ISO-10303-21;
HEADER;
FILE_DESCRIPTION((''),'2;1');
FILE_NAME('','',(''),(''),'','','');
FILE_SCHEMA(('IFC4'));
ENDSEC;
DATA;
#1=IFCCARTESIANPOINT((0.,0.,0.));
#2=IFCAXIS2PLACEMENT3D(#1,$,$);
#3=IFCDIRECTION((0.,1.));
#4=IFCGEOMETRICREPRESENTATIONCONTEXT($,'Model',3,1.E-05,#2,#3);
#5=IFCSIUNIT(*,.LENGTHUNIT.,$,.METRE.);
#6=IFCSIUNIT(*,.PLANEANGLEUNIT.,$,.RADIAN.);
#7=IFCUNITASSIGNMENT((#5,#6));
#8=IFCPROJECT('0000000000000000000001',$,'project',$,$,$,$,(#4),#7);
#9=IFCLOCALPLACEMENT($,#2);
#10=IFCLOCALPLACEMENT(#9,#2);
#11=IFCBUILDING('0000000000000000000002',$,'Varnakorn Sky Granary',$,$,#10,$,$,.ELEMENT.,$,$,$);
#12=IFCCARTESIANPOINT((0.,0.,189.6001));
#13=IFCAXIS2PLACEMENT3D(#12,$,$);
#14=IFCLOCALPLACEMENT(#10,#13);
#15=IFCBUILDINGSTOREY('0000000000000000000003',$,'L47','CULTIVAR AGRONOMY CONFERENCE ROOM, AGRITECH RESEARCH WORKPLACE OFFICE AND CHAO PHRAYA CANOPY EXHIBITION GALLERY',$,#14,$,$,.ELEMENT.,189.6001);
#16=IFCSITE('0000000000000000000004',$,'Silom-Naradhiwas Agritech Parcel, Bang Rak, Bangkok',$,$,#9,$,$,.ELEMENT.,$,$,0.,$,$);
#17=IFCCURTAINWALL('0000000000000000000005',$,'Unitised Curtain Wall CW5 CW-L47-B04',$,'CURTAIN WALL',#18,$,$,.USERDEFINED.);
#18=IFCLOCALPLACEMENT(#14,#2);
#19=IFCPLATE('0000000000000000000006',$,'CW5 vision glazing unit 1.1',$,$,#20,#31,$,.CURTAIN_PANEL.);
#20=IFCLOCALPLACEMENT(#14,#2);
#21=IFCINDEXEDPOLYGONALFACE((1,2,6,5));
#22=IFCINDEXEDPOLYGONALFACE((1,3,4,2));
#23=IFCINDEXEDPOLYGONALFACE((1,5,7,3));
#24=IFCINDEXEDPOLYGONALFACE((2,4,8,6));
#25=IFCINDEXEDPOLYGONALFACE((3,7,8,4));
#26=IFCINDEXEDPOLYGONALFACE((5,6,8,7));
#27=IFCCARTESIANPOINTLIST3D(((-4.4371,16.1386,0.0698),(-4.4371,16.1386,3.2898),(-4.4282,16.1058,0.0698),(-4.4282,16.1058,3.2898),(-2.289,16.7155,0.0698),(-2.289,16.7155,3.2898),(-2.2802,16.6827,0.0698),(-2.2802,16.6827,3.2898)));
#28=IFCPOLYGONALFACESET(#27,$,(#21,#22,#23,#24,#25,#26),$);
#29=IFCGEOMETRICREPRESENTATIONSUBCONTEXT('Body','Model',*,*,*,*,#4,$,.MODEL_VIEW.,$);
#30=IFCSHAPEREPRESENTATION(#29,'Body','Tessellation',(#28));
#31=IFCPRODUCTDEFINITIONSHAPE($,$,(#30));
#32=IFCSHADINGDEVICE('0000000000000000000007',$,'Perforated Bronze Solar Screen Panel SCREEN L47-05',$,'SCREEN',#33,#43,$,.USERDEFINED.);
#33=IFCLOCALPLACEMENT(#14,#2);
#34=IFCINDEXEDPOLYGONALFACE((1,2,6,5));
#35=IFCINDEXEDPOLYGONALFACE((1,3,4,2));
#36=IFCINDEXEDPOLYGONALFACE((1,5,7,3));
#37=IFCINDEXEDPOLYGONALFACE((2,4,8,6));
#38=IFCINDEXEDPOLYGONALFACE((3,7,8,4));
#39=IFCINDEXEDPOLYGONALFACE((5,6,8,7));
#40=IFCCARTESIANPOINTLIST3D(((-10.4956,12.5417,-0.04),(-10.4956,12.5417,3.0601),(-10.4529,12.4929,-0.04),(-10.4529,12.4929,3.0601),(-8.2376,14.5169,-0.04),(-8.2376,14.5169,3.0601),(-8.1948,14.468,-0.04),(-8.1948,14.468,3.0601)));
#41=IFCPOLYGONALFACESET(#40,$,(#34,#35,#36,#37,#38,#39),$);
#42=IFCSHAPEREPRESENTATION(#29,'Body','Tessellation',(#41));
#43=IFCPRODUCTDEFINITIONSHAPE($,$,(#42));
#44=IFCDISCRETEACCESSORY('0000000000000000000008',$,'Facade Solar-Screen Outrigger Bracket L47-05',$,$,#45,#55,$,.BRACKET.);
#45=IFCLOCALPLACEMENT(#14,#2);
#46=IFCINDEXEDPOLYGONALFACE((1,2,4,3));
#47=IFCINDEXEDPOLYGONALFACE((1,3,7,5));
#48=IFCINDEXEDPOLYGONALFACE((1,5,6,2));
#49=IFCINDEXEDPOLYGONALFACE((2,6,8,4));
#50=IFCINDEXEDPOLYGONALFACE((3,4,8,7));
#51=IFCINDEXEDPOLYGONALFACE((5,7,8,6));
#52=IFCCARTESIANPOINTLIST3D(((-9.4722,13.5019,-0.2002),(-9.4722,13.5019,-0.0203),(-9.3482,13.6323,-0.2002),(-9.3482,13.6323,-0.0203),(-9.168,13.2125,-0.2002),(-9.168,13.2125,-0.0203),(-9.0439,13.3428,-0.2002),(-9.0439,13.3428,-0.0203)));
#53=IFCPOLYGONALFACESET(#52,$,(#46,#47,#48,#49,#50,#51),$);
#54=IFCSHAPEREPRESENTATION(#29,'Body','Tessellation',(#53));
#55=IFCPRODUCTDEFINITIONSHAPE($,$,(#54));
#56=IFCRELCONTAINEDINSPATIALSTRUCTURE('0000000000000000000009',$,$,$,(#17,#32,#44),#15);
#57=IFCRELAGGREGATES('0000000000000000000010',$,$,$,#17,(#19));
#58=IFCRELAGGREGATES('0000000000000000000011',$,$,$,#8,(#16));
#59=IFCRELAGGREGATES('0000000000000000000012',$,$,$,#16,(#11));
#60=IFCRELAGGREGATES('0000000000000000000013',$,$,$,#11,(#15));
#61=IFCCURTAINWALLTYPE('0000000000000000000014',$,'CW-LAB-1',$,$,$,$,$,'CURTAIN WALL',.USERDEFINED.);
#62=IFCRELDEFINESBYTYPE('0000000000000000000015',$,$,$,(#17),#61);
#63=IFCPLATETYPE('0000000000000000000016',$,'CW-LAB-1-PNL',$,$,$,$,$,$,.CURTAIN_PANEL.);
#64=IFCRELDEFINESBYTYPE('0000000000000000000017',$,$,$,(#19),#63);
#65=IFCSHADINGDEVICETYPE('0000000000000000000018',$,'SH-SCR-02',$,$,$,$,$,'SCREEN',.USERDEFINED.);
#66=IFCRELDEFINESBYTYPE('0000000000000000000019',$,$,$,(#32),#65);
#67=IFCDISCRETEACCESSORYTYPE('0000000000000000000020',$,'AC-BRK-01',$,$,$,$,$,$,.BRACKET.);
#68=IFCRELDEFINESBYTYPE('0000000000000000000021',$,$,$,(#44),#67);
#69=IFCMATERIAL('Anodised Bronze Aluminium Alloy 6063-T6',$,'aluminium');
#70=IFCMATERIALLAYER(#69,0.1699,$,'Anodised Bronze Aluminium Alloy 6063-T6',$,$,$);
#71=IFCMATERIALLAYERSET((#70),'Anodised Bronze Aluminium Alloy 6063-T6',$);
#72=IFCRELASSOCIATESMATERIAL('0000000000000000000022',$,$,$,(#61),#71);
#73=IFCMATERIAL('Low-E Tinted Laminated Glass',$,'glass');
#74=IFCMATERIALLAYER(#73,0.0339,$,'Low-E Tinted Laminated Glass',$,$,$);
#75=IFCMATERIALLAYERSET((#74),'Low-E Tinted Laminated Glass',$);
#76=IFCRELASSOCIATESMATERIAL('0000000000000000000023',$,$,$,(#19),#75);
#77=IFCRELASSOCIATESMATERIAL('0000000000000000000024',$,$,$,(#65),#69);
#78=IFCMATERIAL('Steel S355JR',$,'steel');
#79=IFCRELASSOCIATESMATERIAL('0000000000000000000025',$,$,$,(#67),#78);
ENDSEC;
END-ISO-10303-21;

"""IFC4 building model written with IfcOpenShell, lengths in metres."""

from ifc_helpers import new_model, si_unit, direction, frame, origin, origin_2d, place, context, subcontext, project, spatial, rectangle, extrude, source, transform, mapped, material, layer, layer_set, type_object, type_shapes, element, aggregate, save


model = new_model("IFC4")

# Units and contexts
model_context = context("Model", 3, precision=1e-05, world=origin(), true_north=direction((0.0, 1.0)))
body_context = subcontext(model_context, "Body", "Model", "MODEL_VIEW")
ifc_project = project(units=[si_unit("LENGTHUNIT", "METRE"), si_unit("PLANEANGLEUNIT", "RADIAN")], contexts=[model_context])

# Site, building, storey
site_placement = place(None, origin())
site = spatial("IfcSite", under=ifc_project, at=site_placement, Name="Silom-Naradhiwas Agritech Parcel, Bang Rak, Bangkok", CompositionType="ELEMENT", RefElevation=0.0)
building_placement = place(site_placement, origin())
building = spatial("IfcBuilding", under=site, at=building_placement, Name="Varnakorn Sky Granary", CompositionType="ELEMENT")
storey_placement = place(building_placement, frame((0.0, 0.0, 189.6001)))
storey = spatial("IfcBuildingStorey", under=building, at=storey_placement, Name="L47", Description="CULTIVAR AGRONOMY CONFERENCE ROOM, AGRITECH RESEARCH WORKPLACE OFFICE AND CHAO PHRAYA CANOPY EXHIBITION GALLERY", CompositionType="ELEMENT", Elevation=189.6001)

# Shared definitions
ifc_material_1 = material(Name="Steel S355JR", Category="steel")

# Curtain wall
ifc_material_2 = material(Name="Anodised Bronze Aluminium Alloy 6063-T6", Category="aluminium")
ifc_layer_1 = layer(ifc_material_2, 0.1699, Name="Anodised Bronze Aluminium Alloy 6063-T6")
ifc_layer_set_1 = layer_set([ifc_layer_1], Name="Anodised Bronze Aluminium Alloy 6063-T6")
curtain_wall_type = type_object("IfcCurtainWallType", Name="CW-LAB-1", ElementType="CURTAIN WALL", PredefinedType="USERDEFINED", material=ifc_layer_set_1)
curtain_wall_1_placement = place(storey_placement, origin())
curtain_wall_1 = element("IfcCurtainWall", 1, at=curtain_wall_1_placement, inside=storey, type_object=curtain_wall_type, Name="Unitised Curtain Wall CW5 CW-L47-B04", ObjectType="CURTAIN WALL", PredefinedType="USERDEFINED")

# Plate
ifc_material_3 = material(Name="Low-E Tinted Laminated Glass", Category="glass")
ifc_layer_2 = layer(ifc_material_3, 0.0339, Name="Low-E Tinted Laminated Glass")
ifc_layer_set_2 = layer_set([ifc_layer_2], Name="Low-E Tinted Laminated Glass")
plate_type = type_object("IfcPlateType", Name="CW-LAB-1-PNL", PredefinedType="CURTAIN_PANEL")
shared_shape_1 = source(origin(), body_context, "Body", "SweptSolid", [
    extrude(rectangle(XDim=2.2241, YDim=0.0339, at=origin_2d()), origin(), (0.0, 0.0, 1.0), 3.22),
])
plate_1_placement = place(storey_placement, frame((-3.3586, 16.4106, 0.0698), z_axis=(0.0, 0.0, 1.0), x_axis=(0.965781, 0.259359, 0.0)))
plate_1 = element("IfcPlate", 2, at=plate_1_placement, type_object=plate_type, material=ifc_layer_set_2, Name="CW5 vision glazing unit 1.1", PredefinedType="CURTAIN_PANEL", context=body_context, shape_type="MappedRepresentation", body=[
    mapped(shared_shape_1, transform((0.0, 0.0, 0.0), x_axis=(1.0, 0.0, 0.0), y_axis=(0.0, 1.0, 0.0), z_axis=(0.0, 0.0, 1.0), scale=1.0)),
])
aggregate(curtain_wall_1, [plate_1])

# Shading device
shading_device_type = type_object("IfcShadingDeviceType", Name="SH-SCR-02", ElementType="SCREEN", PredefinedType="USERDEFINED", material=ifc_material_2)
shared_shape_2 = source(origin(), body_context, "Body", "SweptSolid", [
    extrude(rectangle(XDim=3.0, YDim=0.0649, at=origin_2d()), origin(), (0.0, 0.0, 1.0), 3.1001),
])
type_shapes(shading_device_type, [shared_shape_2])
shading_device_placement = place(storey_placement, frame((-9.3452, 13.5049, -0.04), z_axis=(0.0, 0.0, 1.0), x_axis=(-0.752679, -0.658388, 0.0)))
element("IfcShadingDevice", 3, at=shading_device_placement, inside=storey, type_object=shading_device_type, Name="Perforated Bronze Solar Screen Panel SCREEN L47-05", ObjectType="SCREEN", PredefinedType="USERDEFINED", context=body_context, shape_type="MappedRepresentation", body=[
    mapped(shared_shape_2, transform((0.0, 0.0, 0.0), x_axis=(1.0, 0.0, 0.0), y_axis=(0.0, 1.0, 0.0), z_axis=(0.0, 0.0, 1.0), scale=1.0)),
])

# Discrete accessory
discrete_accessory_type = type_object("IfcDiscreteAccessoryType", Name="AC-BRK-01", PredefinedType="BRACKET", material=ifc_material_1)
shared_shape_3 = source(origin(), body_context, "Body", "SweptSolid", [
    extrude(rectangle(XDim=0.1799, YDim=0.4199, at=origin_2d()), origin(), (0.0, 0.0, 1.0), 0.1799),
])
type_shapes(discrete_accessory_type, [shared_shape_3])
discrete_accessory_placement = place(storey_placement, frame((-9.2581, 13.4224, -0.2002), z_axis=(0.0, 0.0, 1.0), x_axis=(-0.689278, -0.724497, 0.0)))
element("IfcDiscreteAccessory", 4, at=discrete_accessory_placement, inside=storey, type_object=discrete_accessory_type, Name="Facade Solar-Screen Outrigger Bracket L47-05", PredefinedType="BRACKET", context=body_context, shape_type="MappedRepresentation", body=[
    mapped(shared_shape_3, transform((0.0, 0.0, 0.0), x_axis=(1.0, 0.0, 0.0), y_axis=(0.0, 1.0, 0.0), z_axis=(0.0, 0.0, 1.0), scale=1.0)),
])

save(model, "model.ifc")
